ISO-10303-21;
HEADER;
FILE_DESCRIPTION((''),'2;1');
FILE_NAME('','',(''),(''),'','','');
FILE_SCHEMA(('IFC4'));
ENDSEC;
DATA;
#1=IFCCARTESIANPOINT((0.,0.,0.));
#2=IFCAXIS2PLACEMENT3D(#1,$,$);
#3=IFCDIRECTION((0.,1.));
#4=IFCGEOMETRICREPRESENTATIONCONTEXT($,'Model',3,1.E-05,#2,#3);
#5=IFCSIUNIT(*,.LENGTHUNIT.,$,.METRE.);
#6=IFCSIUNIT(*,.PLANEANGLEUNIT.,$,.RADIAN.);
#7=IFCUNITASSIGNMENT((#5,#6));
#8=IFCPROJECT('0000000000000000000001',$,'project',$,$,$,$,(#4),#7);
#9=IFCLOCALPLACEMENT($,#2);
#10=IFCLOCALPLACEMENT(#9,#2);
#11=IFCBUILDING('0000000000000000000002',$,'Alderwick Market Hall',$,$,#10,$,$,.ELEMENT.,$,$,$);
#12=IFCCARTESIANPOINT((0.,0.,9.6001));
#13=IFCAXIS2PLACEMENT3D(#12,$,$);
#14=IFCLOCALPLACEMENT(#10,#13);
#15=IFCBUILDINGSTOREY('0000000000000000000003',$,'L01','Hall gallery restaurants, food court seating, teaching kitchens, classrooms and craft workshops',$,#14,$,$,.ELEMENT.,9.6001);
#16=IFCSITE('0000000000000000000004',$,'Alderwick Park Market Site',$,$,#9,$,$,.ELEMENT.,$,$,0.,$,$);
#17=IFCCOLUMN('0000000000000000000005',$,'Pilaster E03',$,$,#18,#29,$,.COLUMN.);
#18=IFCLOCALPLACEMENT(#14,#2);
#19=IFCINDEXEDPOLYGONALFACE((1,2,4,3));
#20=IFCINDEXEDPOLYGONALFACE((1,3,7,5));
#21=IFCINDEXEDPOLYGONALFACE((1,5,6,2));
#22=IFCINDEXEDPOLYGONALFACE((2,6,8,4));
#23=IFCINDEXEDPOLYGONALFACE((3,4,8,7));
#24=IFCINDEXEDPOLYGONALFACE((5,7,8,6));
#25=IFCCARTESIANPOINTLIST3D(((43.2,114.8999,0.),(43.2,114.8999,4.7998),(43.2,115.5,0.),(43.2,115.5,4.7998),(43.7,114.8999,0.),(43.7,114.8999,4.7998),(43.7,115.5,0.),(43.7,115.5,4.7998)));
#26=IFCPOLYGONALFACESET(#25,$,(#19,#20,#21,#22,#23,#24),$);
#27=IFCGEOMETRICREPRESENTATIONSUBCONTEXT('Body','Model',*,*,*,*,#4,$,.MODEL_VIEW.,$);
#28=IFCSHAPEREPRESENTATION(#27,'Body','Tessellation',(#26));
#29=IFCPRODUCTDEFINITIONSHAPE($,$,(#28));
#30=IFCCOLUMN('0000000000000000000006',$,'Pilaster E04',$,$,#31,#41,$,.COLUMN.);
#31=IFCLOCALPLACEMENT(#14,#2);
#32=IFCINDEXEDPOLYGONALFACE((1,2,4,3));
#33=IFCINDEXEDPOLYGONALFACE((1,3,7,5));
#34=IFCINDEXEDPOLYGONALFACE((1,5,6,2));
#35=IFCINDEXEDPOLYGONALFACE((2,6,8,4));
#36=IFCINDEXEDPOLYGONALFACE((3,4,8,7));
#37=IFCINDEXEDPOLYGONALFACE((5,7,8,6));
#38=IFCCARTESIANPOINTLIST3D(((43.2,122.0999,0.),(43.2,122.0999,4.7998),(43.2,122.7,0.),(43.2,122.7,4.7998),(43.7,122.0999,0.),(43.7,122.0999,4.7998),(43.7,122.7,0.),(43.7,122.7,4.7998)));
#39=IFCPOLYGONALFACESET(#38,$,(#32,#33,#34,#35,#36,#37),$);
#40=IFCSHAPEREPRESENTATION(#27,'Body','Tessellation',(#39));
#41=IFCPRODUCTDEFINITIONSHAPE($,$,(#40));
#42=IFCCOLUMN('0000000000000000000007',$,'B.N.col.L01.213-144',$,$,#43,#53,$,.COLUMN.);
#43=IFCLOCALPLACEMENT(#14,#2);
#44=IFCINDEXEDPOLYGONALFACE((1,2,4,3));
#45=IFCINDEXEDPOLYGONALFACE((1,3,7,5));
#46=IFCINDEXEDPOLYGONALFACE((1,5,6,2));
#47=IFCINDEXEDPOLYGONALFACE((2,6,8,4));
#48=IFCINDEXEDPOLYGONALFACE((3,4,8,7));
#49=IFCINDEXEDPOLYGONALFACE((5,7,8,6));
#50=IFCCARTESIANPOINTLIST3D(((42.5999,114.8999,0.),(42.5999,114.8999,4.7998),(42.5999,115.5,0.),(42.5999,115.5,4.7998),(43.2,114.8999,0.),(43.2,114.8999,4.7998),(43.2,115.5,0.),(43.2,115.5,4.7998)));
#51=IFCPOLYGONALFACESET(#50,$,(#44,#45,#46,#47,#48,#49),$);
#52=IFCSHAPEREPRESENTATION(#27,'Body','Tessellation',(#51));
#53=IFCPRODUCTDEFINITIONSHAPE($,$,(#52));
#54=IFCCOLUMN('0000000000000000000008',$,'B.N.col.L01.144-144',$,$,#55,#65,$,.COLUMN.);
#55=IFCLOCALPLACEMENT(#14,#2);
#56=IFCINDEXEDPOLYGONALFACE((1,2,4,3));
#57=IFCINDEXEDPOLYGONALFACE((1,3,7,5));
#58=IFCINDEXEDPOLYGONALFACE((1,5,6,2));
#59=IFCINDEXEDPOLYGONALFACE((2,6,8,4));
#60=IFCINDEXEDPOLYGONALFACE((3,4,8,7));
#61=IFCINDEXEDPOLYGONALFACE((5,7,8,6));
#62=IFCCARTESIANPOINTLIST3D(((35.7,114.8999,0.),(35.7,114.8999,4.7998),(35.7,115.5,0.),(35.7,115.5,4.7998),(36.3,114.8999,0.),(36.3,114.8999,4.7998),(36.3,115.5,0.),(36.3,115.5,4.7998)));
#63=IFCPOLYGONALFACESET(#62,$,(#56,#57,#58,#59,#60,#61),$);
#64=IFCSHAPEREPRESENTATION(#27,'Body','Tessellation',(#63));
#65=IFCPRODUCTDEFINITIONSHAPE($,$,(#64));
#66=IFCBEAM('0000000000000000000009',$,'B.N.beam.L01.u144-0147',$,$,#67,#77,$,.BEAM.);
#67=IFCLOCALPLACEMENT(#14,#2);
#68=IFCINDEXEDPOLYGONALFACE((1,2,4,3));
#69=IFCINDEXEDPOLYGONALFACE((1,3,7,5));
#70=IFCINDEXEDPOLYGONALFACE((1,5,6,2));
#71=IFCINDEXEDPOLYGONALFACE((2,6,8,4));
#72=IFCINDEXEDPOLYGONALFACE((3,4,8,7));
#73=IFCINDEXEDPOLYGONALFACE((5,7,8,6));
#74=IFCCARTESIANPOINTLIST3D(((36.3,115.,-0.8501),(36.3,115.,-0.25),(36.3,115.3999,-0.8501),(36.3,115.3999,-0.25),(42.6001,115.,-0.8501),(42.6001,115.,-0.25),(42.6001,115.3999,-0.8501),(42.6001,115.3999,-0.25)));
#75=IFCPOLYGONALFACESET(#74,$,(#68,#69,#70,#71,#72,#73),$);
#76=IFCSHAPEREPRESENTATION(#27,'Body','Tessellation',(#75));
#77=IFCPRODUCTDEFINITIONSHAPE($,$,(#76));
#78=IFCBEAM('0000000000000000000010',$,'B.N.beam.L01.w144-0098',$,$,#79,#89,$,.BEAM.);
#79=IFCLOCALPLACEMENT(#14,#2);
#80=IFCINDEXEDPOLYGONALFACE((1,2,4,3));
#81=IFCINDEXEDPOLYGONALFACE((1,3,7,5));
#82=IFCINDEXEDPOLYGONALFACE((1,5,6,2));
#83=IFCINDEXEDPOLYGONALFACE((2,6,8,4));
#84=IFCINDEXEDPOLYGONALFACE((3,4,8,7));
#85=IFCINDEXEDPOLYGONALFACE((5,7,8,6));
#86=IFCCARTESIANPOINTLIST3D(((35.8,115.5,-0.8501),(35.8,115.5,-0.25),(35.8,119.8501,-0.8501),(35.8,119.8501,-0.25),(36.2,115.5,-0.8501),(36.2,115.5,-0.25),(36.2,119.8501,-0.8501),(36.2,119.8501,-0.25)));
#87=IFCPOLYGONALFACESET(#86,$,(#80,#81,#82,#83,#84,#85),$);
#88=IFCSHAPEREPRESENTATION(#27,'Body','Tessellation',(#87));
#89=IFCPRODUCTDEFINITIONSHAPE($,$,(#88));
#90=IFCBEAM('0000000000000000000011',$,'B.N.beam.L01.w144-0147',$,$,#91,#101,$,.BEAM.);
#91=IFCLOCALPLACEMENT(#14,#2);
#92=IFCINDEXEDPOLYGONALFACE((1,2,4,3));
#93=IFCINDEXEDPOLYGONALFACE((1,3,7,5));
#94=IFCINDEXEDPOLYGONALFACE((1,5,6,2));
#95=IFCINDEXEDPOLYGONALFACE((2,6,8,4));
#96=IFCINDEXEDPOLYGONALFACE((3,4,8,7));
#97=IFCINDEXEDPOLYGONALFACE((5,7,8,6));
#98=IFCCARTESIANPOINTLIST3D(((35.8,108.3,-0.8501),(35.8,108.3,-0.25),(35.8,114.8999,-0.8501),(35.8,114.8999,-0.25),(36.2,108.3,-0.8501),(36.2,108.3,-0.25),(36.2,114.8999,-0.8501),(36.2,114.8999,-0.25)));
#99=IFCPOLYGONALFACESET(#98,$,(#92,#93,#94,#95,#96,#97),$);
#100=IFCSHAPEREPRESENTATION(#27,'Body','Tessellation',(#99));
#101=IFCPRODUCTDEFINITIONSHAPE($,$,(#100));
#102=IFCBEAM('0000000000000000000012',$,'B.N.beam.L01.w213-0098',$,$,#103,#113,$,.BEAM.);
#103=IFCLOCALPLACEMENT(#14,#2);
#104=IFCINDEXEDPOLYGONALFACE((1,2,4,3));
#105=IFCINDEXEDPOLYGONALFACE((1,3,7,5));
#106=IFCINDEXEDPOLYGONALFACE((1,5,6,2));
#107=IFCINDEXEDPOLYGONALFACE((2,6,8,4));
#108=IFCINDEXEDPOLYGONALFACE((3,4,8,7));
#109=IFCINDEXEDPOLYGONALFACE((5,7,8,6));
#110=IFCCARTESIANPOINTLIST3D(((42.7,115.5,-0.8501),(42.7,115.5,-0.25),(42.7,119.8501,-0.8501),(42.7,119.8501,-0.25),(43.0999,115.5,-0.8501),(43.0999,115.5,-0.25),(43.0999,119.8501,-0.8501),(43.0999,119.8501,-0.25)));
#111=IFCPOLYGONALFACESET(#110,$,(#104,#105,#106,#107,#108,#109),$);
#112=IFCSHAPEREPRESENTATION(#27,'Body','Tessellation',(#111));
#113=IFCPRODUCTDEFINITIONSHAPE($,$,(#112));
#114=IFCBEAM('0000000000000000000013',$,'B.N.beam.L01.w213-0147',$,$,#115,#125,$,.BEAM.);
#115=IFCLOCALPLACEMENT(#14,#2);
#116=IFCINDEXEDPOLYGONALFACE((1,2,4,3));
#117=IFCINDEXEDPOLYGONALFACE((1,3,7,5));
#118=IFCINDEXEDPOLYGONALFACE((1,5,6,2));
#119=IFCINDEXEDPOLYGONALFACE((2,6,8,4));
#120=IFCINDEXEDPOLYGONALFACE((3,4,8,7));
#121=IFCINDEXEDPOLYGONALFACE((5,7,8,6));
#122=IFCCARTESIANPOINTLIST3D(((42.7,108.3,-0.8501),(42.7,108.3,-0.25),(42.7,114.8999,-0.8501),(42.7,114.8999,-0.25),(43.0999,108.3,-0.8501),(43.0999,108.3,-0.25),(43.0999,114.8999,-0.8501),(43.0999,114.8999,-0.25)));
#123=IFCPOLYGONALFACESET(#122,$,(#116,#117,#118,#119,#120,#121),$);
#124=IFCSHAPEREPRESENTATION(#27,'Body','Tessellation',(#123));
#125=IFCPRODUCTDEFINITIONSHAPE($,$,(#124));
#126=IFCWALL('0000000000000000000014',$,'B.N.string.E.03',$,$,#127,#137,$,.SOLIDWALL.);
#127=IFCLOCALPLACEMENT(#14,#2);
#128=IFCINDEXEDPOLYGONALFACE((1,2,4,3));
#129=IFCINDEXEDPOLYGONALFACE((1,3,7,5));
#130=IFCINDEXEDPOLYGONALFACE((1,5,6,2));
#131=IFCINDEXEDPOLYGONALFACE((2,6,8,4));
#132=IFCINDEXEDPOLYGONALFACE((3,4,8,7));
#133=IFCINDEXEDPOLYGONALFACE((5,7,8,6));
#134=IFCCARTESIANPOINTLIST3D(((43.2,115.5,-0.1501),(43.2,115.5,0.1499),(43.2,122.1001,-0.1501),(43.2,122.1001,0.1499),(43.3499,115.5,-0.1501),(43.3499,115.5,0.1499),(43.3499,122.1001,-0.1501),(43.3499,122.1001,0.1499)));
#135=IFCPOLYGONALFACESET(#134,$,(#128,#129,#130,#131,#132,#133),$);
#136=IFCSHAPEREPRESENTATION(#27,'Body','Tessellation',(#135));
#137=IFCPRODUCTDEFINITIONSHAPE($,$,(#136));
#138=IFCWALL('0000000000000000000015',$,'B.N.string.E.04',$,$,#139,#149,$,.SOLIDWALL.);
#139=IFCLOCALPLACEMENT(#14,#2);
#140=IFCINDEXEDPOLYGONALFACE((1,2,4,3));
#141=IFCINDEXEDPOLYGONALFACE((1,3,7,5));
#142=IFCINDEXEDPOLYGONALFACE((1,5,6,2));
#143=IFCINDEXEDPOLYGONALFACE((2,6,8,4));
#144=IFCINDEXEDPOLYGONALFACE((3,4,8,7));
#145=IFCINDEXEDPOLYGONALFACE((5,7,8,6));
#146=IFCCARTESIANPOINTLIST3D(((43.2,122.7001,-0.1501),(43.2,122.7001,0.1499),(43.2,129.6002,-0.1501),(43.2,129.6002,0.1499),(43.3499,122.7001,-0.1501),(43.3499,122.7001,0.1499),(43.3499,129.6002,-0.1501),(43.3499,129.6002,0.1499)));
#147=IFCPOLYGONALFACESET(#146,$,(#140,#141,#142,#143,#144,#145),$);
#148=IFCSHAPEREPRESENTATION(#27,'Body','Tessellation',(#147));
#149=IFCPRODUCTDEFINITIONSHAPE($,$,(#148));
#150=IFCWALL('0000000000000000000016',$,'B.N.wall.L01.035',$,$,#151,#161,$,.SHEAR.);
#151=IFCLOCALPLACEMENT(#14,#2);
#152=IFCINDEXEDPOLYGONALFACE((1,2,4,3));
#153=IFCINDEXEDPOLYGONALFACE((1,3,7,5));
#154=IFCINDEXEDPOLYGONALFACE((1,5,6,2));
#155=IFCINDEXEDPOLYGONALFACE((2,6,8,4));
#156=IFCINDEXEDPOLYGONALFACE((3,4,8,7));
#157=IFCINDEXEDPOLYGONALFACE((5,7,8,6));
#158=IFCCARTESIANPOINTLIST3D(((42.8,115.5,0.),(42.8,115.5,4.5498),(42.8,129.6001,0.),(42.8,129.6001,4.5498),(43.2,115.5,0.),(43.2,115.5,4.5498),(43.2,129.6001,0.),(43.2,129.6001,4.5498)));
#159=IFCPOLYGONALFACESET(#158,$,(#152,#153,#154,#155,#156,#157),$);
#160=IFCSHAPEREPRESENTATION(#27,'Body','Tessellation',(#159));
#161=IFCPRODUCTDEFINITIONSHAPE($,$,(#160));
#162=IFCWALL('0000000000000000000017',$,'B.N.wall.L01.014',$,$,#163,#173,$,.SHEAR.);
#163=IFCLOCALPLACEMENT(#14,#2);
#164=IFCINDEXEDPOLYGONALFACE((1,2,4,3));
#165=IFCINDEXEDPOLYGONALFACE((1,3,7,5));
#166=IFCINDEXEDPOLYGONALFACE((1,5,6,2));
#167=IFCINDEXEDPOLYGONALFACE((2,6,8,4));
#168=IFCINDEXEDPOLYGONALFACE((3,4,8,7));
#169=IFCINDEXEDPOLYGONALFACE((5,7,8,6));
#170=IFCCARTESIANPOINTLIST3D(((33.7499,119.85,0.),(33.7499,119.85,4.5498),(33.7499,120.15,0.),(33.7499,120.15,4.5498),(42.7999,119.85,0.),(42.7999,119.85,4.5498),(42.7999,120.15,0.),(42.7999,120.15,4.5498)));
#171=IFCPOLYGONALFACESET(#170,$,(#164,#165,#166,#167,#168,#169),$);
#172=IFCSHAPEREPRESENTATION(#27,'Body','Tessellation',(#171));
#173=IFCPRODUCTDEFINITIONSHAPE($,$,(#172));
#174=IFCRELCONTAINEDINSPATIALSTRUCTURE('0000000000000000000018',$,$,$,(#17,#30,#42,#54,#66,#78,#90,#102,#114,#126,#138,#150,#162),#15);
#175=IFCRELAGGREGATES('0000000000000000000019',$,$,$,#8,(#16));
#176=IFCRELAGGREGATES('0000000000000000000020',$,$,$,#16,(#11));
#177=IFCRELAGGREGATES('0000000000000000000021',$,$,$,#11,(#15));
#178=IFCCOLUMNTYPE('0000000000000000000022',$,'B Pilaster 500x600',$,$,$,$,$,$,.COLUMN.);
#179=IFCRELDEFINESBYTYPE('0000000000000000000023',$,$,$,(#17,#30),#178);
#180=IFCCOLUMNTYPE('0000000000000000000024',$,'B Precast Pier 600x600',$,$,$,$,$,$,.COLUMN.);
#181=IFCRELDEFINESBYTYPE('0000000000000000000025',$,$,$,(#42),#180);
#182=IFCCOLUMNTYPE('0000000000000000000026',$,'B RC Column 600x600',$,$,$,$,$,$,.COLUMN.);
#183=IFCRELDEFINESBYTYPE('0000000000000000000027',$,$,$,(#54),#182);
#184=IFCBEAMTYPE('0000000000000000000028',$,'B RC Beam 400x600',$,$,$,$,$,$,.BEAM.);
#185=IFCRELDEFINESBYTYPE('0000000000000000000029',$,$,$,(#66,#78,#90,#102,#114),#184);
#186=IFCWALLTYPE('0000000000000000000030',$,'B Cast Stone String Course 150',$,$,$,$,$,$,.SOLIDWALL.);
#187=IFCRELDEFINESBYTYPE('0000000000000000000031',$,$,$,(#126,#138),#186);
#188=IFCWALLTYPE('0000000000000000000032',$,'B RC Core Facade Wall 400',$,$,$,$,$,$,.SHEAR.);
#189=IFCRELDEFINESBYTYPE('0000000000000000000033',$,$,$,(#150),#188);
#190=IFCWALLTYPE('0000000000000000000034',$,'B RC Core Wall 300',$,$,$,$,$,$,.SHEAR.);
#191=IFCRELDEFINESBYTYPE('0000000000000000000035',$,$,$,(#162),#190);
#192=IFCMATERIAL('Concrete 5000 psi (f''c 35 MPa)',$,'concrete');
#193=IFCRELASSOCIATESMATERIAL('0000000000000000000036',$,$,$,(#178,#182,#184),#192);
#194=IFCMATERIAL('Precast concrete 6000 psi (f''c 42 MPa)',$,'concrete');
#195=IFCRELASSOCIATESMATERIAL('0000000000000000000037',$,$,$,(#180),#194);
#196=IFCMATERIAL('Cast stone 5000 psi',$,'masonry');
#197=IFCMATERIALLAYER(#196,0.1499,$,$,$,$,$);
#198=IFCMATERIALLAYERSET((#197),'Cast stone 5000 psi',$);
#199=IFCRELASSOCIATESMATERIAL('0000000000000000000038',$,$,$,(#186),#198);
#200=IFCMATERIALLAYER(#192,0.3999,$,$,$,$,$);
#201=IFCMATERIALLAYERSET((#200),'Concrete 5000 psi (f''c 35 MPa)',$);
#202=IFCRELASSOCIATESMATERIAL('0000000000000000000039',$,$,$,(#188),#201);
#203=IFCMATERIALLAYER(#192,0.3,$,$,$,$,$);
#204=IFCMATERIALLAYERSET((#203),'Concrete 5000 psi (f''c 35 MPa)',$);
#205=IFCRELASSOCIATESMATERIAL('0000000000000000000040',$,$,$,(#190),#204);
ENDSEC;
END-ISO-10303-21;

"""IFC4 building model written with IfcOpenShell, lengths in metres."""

from ifc_helpers import new_model, si_unit, direction, frame, frame_2d, origin, origin_2d, place, context, subcontext, project, spatial, rectangle, extrude, material, layer, layer_set, material_profile, profile_set, type_object, element, save


model = new_model("IFC4")

# Units and contexts
model_context = context("Model", 3, precision=1e-05, world=origin(), true_north=direction((0.0, 1.0)))
body_context = subcontext(model_context, "Body", "Model", "MODEL_VIEW")
ifc_project = project(units=[si_unit("LENGTHUNIT", "METRE"), si_unit("PLANEANGLEUNIT", "RADIAN")], contexts=[model_context])

# Site, building, storey
site_placement = place(None, origin())
site = spatial("IfcSite", under=ifc_project, at=site_placement, Name="Alderwick Park Market Site", CompositionType="ELEMENT", RefElevation=0.0)
building_placement = place(site_placement, origin())
building = spatial("IfcBuilding", under=site, at=building_placement, Name="Alderwick Market Hall", CompositionType="ELEMENT")
storey_placement = place(building_placement, frame((0.0, 0.0, 9.6001)))
storey = spatial("IfcBuildingStorey", under=building, at=storey_placement, Name="L01", Description="Hall gallery restaurants, food court seating, teaching kitchens, classrooms and craft workshops", CompositionType="ELEMENT", Elevation=9.6001)

# Columns
ifc_material_1 = material(Name="Concrete 5000 psi (f'c 35 MPa)", Category="concrete")
ifc_material_profile_1 = material_profile(ifc_material_1, rectangle(XDim=0.5, YDim=0.6001, at=origin_2d()), Name="B Pilaster 500x600")
ifc_profile_set_1 = profile_set([ifc_material_profile_1], Name="Concrete 5000 psi (f'c 35 MPa)")
column_type_1 = type_object("IfcColumnType", Name="B Pilaster 500x600", PredefinedType="COLUMN", material=ifc_profile_set_1)
for number, where, z_axis, x_axis, name in (
    (1, (43.45, 115.2, 0.0), (0.0, 0.0, 1.0), (1.0, 0.0, 0.0), "Pilaster E03"),
    (2, (43.45, 122.3999, 0.0), (0.0, 0.0, 1.0), (1.0, 0.0, 0.0), "Pilaster E04"),
):
    element("IfcColumn", number, at=place(storey_placement, frame(where, z_axis=z_axis, x_axis=x_axis)), inside=storey, type_object=column_type_1, Name=name, PredefinedType="COLUMN", context=body_context, shape_type="SweptSolid", body=[
        extrude(rectangle(XDim=0.5, YDim=0.6001, at=origin_2d()), origin(), (0.0, 0.0, 1.0), 4.7998),
    ])
ifc_material_2 = material(Name="Precast concrete 6000 psi (f'c 42 MPa)", Category="concrete")
ifc_material_profile_2 = material_profile(ifc_material_2, rectangle(XDim=0.6001, YDim=0.6001, at=origin_2d()), Name="B Precast Pier 600x600")
ifc_profile_set_2 = profile_set([ifc_material_profile_2], Name="Precast concrete 6000 psi (f'c 42 MPa)")
column_type_2 = type_object("IfcColumnType", Name="B Precast Pier 600x600", PredefinedType="COLUMN", material=ifc_profile_set_2)
column_1_placement = place(storey_placement, frame((42.8999, 115.2, 0.0), z_axis=(0.0, 0.0, 1.0), x_axis=(1.0, 0.0, 0.0)))
element("IfcColumn", 3, at=column_1_placement, inside=storey, type_object=column_type_2, Name="B.N.col.L01.213-144", PredefinedType="COLUMN", context=body_context, shape_type="SweptSolid", body=[
    extrude(rectangle(XDim=0.6001, YDim=0.6001, at=origin_2d()), origin(), (0.0, 0.0, 1.0), 4.7998),
])
ifc_material_profile_3 = material_profile(ifc_material_1, rectangle(XDim=0.6001, YDim=0.6001, at=origin_2d()), Name="B RC Column 600x600")
ifc_profile_set_3 = profile_set([ifc_material_profile_3], Name="Concrete 5000 psi (f'c 35 MPa)")
column_type_3 = type_object("IfcColumnType", Name="B RC Column 600x600", PredefinedType="COLUMN", material=ifc_profile_set_3)
column_2_placement = place(storey_placement, frame((36.0, 115.2, 0.0), z_axis=(0.0, 0.0, 1.0), x_axis=(1.0, 0.0, 0.0)))
element("IfcColumn", 4, at=column_2_placement, inside=storey, type_object=column_type_3, Name="B.N.col.L01.144-144", PredefinedType="COLUMN", context=body_context, shape_type="SweptSolid", body=[
    extrude(rectangle(XDim=0.6001, YDim=0.6001, at=origin_2d()), origin(), (0.0, 0.0, 1.0), 4.7998),
])

# Beams
ifc_material_profile_4 = material_profile(ifc_material_1, rectangle(XDim=0.3999, YDim=0.6001, at=origin_2d()), Name="B RC Beam 400x600")
ifc_profile_set_4 = profile_set([ifc_material_profile_4], Name="Concrete 5000 psi (f'c 35 MPa)")
beam_type = type_object("IfcBeamType", Name="B RC Beam 400x600", PredefinedType="BEAM", material=ifc_profile_set_4)
beam_1_placement = place(storey_placement, frame((36.3, 115.2, -0.55), z_axis=(1.0, 0.0, 0.0), x_axis=(0.0, 1.0, 0.0)))
element("IfcBeam", 5, at=beam_1_placement, inside=storey, type_object=beam_type, Name="B.N.beam.L01.u144-0147", PredefinedType="BEAM", context=body_context, shape_type="SweptSolid", body=[
    extrude(rectangle(XDim=0.3999, YDim=0.6001, at=origin_2d()), origin(), (0.0, 0.0, 1.0), 6.3),
])
beam_2_placement = place(storey_placement, frame((36.0, 119.8501, -0.55), z_axis=(0.0, -1.0, 0.0), x_axis=(1.0, 0.0, 0.0)))
element("IfcBeam", 6, at=beam_2_placement, inside=storey, type_object=beam_type, Name="B.N.beam.L01.w144-0098", PredefinedType="BEAM", context=body_context, shape_type="SweptSolid", body=[
    extrude(rectangle(XDim=0.3999, YDim=0.6001, at=origin_2d()), origin(), (0.0, 0.0, 1.0), 4.3501),
])
beam_3_placement = place(storey_placement, frame((36.0, 114.8999, -0.55), z_axis=(0.0, -1.0, 0.0), x_axis=(1.0, 0.0, 0.0)))
element("IfcBeam", 7, at=beam_3_placement, inside=storey, type_object=beam_type, Name="B.N.beam.L01.w144-0147", PredefinedType="BEAM", context=body_context, shape_type="SweptSolid", body=[
    extrude(rectangle(XDim=0.3999, YDim=0.6001, at=origin_2d()), origin(), (0.0, 0.0, 1.0), 6.5999),
])
beam_4_placement = place(storey_placement, frame((42.8999, 119.8501, -0.55), z_axis=(0.0, -1.0, 0.0), x_axis=(1.0, 0.0, 0.0)))
element("IfcBeam", 8, at=beam_4_placement, inside=storey, type_object=beam_type, Name="B.N.beam.L01.w213-0098", PredefinedType="BEAM", context=body_context, shape_type="SweptSolid", body=[
    extrude(rectangle(XDim=0.3999, YDim=0.6001, at=origin_2d()), origin(), (0.0, 0.0, 1.0), 4.3501),
])
beam_5_placement = place(storey_placement, frame((42.8999, 114.8999, -0.55), z_axis=(0.0, -1.0, 0.0), x_axis=(1.0, 0.0, 0.0)))
element("IfcBeam", 9, at=beam_5_placement, inside=storey, type_object=beam_type, Name="B.N.beam.L01.w213-0147", PredefinedType="BEAM", context=body_context, shape_type="SweptSolid", body=[
    extrude(rectangle(XDim=0.3999, YDim=0.6001, at=origin_2d()), origin(), (0.0, 0.0, 1.0), 6.5999),
])

# Walls
ifc_material_3 = material(Name="Cast stone 5000 psi", Category="masonry")
ifc_layer_1 = layer(ifc_material_3, 0.1499)
ifc_layer_set_1 = layer_set([ifc_layer_1], Name="Cast stone 5000 psi")
wall_type_1 = type_object("IfcWallType", Name="B Cast Stone String Course 150", PredefinedType="SOLIDWALL", material=ifc_layer_set_1)
wall_1_placement = place(storey_placement, frame((43.2749, 115.5, -0.1501), z_axis=(0.0, 0.0, 1.0), x_axis=(0.0, 1.0, 0.0)))
element("IfcWall", 10, at=wall_1_placement, inside=storey, type_object=wall_type_1, Name="B.N.string.E.03", PredefinedType="SOLIDWALL", context=body_context, shape_type="SweptSolid", body=[
    extrude(rectangle(XDim=6.6001, YDim=0.1499, at=frame_2d((3.3, 0.0))), origin(), (0.0, 0.0, 1.0), 0.3),
])
wall_2_placement = place(storey_placement, frame((43.2749, 122.7, -0.1501), z_axis=(0.0, 0.0, 1.0), x_axis=(0.0, 1.0, 0.0)))
element("IfcWall", 11, at=wall_2_placement, inside=storey, type_object=wall_type_1, Name="B.N.string.E.04", PredefinedType="SOLIDWALL", context=body_context, shape_type="SweptSolid", body=[
    extrude(rectangle(XDim=6.9001, YDim=0.1499, at=frame_2d((3.4502, 0.0))), origin(), (0.0, 0.0, 1.0), 0.3),
])
ifc_layer_2 = layer(ifc_material_1, 0.3999)
ifc_layer_set_2 = layer_set([ifc_layer_2], Name="Concrete 5000 psi (f'c 35 MPa)")
wall_type_2 = type_object("IfcWallType", Name="B RC Core Facade Wall 400", PredefinedType="SHEAR", material=ifc_layer_set_2)
wall_3_placement = place(storey_placement, frame((43.0, 115.5, 0.0), z_axis=(0.0, 0.0, 1.0), x_axis=(0.0, 1.0, 0.0)))
element("IfcWall", 12, at=wall_3_placement, inside=storey, type_object=wall_type_2, Name="B.N.wall.L01.035", PredefinedType="SHEAR", context=body_context, shape_type="SweptSolid", body=[
    extrude(rectangle(XDim=14.1001, YDim=0.3999, at=frame_2d((7.05, 0.0))), origin(), (0.0, 0.0, 1.0), 4.5498),
])
ifc_layer_3 = layer(ifc_material_1, 0.3)
ifc_layer_set_3 = layer_set([ifc_layer_3], Name="Concrete 5000 psi (f'c 35 MPa)")
wall_type_3 = type_object("IfcWallType", Name="B RC Core Wall 300", PredefinedType="SHEAR", material=ifc_layer_set_3)
wall_4_placement = place(storey_placement, frame((33.75, 120.0, 0.0), z_axis=(0.0, 0.0, 1.0), x_axis=(1.0, 0.0, 0.0)))
element("IfcWall", 13, at=wall_4_placement, inside=storey, type_object=wall_type_3, Name="B.N.wall.L01.014", PredefinedType="SHEAR", context=body_context, shape_type="SweptSolid", body=[
    extrude(rectangle(XDim=9.05, YDim=0.3, at=frame_2d((4.5249, 0.0))), origin(), (0.0, 0.0, 1.0), 4.5498),
])

save(model, "model.ifc")
